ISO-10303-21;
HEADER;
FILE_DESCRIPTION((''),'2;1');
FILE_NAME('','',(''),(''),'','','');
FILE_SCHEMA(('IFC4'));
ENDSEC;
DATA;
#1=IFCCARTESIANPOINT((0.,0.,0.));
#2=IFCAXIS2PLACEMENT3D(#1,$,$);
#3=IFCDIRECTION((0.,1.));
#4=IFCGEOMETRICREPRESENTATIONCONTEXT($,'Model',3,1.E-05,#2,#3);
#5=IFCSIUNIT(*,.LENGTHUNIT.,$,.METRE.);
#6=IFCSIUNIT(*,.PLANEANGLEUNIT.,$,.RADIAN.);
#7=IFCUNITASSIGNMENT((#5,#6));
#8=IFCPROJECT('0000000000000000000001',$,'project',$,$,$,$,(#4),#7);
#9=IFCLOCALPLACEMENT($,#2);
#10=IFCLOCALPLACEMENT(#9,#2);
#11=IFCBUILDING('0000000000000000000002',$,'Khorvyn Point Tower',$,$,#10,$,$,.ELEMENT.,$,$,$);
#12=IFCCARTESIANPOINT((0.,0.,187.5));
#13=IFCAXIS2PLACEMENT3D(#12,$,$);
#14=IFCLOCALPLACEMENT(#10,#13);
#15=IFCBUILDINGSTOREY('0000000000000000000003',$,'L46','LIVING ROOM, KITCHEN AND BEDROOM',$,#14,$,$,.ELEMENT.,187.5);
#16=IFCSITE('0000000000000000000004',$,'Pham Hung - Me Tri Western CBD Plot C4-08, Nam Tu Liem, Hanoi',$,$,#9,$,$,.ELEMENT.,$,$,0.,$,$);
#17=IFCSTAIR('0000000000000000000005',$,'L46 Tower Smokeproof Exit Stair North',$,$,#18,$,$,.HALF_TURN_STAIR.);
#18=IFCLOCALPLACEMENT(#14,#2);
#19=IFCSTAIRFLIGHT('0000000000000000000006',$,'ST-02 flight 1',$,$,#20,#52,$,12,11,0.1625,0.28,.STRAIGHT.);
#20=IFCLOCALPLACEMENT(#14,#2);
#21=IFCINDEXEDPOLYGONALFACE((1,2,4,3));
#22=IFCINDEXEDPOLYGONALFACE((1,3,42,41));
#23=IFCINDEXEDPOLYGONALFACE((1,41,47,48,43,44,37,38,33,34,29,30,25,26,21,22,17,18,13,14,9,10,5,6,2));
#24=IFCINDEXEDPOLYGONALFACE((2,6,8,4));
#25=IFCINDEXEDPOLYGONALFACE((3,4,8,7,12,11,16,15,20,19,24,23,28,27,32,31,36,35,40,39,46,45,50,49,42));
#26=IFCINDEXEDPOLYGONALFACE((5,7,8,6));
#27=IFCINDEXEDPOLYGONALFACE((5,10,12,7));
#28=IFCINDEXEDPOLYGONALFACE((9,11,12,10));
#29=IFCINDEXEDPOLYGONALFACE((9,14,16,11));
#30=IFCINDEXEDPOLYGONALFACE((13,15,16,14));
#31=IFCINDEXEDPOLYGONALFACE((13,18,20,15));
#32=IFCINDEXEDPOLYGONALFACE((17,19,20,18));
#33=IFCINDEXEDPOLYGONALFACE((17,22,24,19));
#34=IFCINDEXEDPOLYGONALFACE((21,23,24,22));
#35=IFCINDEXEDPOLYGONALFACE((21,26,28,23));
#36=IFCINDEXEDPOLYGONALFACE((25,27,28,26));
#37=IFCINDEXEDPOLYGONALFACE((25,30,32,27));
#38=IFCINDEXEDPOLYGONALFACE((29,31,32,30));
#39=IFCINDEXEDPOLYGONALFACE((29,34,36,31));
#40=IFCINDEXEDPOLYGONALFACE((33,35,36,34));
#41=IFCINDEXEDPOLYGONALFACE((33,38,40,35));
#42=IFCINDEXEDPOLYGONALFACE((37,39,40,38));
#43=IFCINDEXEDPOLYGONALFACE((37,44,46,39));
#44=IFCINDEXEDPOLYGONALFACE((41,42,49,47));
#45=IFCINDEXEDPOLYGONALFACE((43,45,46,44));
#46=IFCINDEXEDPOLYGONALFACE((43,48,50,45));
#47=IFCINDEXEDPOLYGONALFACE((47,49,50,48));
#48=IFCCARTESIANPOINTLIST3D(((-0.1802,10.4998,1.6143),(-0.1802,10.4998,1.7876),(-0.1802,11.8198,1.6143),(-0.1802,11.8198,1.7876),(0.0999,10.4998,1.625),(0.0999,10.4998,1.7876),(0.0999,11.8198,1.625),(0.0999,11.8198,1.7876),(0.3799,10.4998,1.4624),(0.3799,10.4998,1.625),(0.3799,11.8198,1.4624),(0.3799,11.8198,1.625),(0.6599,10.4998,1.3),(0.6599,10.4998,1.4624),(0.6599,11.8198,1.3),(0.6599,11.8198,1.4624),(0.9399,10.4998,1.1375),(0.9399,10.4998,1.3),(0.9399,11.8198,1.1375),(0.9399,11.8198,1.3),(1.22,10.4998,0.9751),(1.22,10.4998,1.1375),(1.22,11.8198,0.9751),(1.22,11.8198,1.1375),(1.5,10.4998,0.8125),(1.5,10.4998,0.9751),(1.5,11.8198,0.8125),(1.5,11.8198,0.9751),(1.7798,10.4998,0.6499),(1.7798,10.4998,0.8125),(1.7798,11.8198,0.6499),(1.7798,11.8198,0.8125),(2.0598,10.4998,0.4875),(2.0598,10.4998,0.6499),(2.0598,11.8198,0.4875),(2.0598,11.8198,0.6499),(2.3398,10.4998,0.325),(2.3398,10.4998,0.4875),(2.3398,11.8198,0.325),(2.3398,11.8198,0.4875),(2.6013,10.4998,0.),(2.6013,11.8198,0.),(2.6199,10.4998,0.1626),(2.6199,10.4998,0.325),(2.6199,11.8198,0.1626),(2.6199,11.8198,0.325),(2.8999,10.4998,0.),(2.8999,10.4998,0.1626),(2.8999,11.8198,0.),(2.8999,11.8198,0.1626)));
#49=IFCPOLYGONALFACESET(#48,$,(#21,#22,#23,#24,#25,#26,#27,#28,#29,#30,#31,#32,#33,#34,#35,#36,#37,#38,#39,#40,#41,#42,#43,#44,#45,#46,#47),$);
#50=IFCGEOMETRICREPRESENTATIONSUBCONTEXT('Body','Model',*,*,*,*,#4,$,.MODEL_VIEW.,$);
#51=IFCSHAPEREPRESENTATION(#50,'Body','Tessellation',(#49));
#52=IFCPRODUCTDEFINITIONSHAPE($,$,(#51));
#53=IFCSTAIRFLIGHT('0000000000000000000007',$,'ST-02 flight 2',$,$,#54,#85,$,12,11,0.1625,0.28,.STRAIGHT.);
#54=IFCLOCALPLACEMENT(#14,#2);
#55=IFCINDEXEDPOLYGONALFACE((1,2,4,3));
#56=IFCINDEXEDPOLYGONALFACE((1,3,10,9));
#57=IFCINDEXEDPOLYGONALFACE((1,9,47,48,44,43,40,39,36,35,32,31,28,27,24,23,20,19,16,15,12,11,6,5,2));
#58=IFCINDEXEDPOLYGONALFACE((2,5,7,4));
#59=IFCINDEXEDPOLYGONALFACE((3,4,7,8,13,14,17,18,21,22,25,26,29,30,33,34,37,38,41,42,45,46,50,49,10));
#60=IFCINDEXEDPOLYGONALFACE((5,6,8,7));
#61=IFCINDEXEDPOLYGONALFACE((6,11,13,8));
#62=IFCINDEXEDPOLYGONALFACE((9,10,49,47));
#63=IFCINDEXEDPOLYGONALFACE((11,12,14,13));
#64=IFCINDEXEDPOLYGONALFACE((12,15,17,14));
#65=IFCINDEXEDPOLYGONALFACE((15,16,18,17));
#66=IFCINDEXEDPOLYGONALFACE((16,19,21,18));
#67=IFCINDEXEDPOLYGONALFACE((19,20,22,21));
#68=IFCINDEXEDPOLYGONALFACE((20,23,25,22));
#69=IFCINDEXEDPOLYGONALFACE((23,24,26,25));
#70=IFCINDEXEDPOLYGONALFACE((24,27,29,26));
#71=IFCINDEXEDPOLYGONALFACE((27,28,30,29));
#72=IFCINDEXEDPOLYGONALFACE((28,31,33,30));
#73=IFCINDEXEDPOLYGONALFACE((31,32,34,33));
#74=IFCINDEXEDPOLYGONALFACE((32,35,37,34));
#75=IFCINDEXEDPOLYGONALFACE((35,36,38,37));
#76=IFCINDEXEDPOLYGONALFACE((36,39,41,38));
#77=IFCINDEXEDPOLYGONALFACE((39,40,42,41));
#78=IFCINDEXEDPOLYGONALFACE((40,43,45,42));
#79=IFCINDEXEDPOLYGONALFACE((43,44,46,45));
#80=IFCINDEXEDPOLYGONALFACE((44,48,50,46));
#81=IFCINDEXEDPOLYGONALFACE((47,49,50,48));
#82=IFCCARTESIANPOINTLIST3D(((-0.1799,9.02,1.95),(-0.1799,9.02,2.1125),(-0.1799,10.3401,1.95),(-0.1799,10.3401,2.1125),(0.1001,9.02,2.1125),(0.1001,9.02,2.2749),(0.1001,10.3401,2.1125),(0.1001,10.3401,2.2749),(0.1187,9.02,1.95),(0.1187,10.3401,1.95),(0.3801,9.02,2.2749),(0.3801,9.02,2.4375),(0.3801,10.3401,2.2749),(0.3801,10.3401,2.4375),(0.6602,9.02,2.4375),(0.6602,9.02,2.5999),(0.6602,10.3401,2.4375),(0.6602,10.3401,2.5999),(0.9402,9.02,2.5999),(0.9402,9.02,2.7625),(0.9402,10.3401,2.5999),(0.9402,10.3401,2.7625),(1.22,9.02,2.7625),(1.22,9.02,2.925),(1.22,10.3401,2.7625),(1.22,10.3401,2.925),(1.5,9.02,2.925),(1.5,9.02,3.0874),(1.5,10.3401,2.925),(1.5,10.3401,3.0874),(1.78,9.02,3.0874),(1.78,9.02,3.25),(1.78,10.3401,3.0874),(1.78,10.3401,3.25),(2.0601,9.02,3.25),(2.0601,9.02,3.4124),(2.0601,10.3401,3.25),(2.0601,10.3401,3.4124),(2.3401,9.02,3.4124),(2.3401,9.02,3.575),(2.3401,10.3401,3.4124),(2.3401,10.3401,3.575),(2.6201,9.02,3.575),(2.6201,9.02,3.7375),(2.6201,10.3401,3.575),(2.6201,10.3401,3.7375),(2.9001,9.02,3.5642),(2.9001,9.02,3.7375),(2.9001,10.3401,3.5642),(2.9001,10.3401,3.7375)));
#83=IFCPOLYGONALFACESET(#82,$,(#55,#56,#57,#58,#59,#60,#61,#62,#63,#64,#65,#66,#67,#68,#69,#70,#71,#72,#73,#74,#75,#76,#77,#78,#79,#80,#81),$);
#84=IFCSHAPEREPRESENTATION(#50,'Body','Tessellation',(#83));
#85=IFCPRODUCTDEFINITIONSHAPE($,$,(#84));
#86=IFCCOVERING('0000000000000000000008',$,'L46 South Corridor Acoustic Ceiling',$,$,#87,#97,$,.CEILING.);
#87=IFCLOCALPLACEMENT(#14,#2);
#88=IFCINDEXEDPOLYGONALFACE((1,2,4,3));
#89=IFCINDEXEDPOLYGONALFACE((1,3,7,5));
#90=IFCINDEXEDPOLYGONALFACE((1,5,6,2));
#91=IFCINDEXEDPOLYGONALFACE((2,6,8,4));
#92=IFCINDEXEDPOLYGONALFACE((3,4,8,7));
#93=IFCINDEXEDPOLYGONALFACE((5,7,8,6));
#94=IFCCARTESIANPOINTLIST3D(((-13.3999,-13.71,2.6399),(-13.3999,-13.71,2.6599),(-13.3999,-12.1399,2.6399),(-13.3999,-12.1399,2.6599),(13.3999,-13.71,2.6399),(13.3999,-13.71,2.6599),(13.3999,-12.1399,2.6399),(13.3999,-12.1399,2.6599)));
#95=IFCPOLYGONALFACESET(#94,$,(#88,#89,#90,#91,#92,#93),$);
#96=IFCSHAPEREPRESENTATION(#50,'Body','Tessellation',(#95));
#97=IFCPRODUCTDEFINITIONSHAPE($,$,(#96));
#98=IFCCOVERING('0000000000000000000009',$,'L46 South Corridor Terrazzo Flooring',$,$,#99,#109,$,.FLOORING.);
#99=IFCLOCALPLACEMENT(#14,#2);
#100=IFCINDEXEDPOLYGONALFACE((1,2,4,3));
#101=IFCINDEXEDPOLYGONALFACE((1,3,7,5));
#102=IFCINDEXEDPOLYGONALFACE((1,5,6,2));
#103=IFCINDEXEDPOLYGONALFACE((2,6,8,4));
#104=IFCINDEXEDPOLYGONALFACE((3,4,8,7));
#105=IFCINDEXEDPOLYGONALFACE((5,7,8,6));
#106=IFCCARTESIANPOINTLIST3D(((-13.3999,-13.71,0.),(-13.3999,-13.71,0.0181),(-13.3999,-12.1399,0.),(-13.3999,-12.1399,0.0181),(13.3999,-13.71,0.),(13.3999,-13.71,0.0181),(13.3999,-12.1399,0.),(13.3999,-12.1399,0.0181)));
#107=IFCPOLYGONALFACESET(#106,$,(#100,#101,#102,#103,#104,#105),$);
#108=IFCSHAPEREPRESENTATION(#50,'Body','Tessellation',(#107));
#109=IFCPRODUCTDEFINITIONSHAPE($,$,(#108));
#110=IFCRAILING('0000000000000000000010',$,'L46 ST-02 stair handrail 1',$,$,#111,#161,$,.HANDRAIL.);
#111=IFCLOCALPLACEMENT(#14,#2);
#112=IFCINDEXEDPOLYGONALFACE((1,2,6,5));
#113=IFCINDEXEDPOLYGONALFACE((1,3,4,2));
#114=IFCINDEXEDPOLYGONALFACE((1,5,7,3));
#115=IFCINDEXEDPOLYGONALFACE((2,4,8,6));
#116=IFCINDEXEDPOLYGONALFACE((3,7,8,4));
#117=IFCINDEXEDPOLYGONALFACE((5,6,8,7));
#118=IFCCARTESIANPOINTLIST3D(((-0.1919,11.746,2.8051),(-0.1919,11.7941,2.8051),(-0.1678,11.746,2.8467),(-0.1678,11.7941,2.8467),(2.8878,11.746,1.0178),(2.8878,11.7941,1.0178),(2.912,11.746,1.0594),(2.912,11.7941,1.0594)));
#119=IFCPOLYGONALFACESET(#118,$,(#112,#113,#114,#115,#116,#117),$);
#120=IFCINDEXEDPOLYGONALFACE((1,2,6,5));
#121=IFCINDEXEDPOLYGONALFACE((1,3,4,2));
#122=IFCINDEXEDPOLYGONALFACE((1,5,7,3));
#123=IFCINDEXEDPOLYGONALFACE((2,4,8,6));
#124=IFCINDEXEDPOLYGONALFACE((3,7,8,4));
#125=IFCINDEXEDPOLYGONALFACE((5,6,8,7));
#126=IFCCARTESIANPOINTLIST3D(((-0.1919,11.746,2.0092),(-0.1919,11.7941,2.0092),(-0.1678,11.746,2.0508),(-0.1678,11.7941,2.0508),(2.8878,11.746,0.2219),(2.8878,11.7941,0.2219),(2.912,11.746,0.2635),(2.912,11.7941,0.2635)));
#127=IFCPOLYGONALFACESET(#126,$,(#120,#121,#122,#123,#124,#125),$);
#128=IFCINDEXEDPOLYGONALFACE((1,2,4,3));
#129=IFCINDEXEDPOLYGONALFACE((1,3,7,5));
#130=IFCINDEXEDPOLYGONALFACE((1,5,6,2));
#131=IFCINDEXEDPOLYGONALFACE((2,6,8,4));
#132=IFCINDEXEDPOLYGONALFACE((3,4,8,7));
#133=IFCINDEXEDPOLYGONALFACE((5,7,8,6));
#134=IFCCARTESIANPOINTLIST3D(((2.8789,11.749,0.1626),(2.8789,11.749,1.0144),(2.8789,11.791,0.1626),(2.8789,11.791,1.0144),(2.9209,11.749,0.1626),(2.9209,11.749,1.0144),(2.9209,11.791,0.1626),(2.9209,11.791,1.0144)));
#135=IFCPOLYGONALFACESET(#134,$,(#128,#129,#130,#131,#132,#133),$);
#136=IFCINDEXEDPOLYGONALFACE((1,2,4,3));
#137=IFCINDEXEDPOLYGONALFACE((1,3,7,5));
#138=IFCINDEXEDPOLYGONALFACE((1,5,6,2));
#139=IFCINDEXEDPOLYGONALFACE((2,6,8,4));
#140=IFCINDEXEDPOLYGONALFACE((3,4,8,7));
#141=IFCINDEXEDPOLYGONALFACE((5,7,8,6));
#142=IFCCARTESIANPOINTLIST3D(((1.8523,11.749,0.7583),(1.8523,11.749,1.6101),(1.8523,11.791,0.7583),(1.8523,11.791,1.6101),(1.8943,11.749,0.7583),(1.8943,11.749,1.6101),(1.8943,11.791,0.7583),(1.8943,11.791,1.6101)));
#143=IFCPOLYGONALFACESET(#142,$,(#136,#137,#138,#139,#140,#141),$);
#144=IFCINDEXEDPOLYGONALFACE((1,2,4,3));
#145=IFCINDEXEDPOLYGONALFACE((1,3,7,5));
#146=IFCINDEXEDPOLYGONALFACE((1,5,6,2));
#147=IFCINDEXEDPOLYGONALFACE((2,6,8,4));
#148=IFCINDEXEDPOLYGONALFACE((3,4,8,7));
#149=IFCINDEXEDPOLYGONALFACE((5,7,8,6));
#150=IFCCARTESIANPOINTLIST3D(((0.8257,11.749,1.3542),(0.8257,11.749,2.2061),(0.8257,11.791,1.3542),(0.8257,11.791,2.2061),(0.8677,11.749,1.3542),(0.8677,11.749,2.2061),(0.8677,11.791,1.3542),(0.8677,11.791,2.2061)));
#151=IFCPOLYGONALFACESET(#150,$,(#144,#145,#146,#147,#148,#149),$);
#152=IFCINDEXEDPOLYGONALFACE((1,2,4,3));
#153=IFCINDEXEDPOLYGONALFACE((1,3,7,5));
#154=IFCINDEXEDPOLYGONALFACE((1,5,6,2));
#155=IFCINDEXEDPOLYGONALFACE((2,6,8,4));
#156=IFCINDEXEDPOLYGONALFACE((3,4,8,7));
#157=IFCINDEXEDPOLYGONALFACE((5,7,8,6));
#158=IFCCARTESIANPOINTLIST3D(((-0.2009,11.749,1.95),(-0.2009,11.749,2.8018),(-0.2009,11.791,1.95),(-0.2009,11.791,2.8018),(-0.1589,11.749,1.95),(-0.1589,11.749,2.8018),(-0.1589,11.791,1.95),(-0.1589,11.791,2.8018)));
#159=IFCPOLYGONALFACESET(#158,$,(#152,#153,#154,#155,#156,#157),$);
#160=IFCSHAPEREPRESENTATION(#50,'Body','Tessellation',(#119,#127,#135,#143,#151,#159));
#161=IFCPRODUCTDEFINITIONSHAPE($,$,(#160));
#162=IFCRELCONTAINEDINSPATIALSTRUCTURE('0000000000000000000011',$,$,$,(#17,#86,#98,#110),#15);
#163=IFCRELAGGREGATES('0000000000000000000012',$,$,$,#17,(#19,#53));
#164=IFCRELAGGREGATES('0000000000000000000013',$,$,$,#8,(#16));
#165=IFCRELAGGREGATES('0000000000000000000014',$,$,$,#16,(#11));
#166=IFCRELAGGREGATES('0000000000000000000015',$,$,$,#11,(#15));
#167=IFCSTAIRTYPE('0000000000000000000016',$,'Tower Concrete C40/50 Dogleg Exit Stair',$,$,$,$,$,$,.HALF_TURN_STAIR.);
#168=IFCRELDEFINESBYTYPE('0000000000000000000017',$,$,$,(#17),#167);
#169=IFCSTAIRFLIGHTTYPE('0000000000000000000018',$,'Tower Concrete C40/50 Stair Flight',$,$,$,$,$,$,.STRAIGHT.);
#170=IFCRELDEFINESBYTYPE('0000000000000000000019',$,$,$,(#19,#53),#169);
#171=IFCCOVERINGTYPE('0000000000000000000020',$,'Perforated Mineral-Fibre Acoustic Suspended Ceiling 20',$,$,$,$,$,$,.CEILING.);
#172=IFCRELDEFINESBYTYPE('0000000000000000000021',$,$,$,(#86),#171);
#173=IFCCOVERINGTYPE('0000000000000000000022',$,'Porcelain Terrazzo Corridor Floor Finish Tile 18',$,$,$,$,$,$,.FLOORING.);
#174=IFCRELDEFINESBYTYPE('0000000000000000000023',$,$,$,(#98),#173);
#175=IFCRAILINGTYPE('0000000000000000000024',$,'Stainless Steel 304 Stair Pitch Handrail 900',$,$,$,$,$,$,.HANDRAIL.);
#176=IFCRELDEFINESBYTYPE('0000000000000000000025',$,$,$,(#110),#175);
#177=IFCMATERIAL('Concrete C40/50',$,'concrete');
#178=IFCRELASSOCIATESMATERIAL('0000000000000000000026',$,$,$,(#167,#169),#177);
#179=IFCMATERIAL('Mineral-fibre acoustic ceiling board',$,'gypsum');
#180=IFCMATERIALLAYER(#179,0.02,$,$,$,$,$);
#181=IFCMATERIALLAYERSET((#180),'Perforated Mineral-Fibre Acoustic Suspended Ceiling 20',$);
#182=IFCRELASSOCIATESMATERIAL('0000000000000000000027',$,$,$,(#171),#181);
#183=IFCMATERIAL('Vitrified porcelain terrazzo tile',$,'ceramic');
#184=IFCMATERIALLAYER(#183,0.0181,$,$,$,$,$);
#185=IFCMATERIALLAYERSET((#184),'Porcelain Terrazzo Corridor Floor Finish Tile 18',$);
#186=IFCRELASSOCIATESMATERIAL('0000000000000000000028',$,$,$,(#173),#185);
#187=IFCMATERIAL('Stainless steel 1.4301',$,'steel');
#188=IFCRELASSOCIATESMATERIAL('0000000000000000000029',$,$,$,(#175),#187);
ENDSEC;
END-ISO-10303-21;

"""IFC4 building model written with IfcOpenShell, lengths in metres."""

from ifc_helpers import new_model, si_unit, direction, frame, origin, origin_2d, place, context, subcontext, project, spatial, polyline, rectangle, outline, extrude, material, layer, layer_set, type_object, element, aggregate, save


model = new_model("IFC4")

# Units and contexts
model_context = context("Model", 3, precision=1e-05, world=origin(), true_north=direction((0.0, 1.0)))
body_context = subcontext(model_context, "Body", "Model", "MODEL_VIEW")
ifc_project = project(units=[si_unit("LENGTHUNIT", "METRE"), si_unit("PLANEANGLEUNIT", "RADIAN")], contexts=[model_context])

# Site, building, storey
site_placement = place(None, origin())
site = spatial("IfcSite", under=ifc_project, at=site_placement, Name="Pham Hung - Me Tri Western CBD Plot C4-08, Nam Tu Liem, Hanoi", CompositionType="ELEMENT", RefElevation=0.0)
building_placement = place(site_placement, origin())
building = spatial("IfcBuilding", under=site, at=building_placement, Name="Khorvyn Point Tower", CompositionType="ELEMENT")
storey_placement = place(building_placement, frame((0.0, 0.0, 187.5)))
storey = spatial("IfcBuildingStorey", under=building, at=storey_placement, Name="L46", Description="LIVING ROOM, KITCHEN AND BEDROOM", CompositionType="ELEMENT", Elevation=187.5)

# Shared definitions
ifc_material_1 = material(Name="Concrete C40/50", Category="concrete")

# Stair
stair_type = type_object("IfcStairType", Name="Tower Concrete C40/50 Dogleg Exit Stair", PredefinedType="HALF_TURN_STAIR", material=ifc_material_1)
stair_1_placement = place(storey_placement, origin())
stair_1 = element("IfcStair", 1, at=stair_1_placement, inside=storey, type_object=stair_type, Name="L46 Tower Smokeproof Exit Stair North", PredefinedType="HALF_TURN_STAIR")

# Shared definitions
ifc_material_2 = material(Name="Stainless steel 1.4301", Category="steel")

# Stair flights
stair_flight_type = type_object("IfcStairFlightType", Name="Tower Concrete C40/50 Stair Flight", PredefinedType="STRAIGHT", material=ifc_material_1)
stair_flight_1_placement = place(storey_placement, frame((2.8999, 11.1599, 0.0), z_axis=(0.0, 0.0, 1.0), x_axis=(-1.0, 0.0, 0.0)))
stair_flight_1 = element("IfcStairFlight", 2, at=stair_flight_1_placement, type_object=stair_flight_type, Name="ST-02 flight 1", NumberOfRisers=12, NumberOfTreads=11, PredefinedType="STRAIGHT", RiserHeight=0.1625, TreadLength=0.28, context=body_context, shape_type="SweptSolid", body=[
    extrude(outline(polyline([(0.0, 0.0), (0.0, 0.1626), (0.28, 0.1626), (0.28, 0.325), (0.5601, 0.325), (0.5601, 0.4875), (0.8401, 0.4875), (0.8401, 0.6499), (1.1201, 0.6499), (1.1201, 0.8125), (1.3999, 0.8125), (1.3999, 0.9751), (1.6799, 0.9751), (1.6799, 1.1375), (1.96, 1.1375), (1.96, 1.3), (2.24, 1.3), (2.24, 1.4624), (2.52, 1.4624), (2.52, 1.625), (2.8, 1.625), (2.8, 1.7876), (3.0801, 1.7876), (3.0801, 1.95), (3.0801, 1.6143), (0.2986, 0.0), (0.0, 0.0)])), frame((0.0, 0.6602, 0.0), z_axis=(0.0, -1.0, 0.0), x_axis=(1.0, 0.0, 0.0)), (0.0, 0.0, 1.0), 1.3201),
])
stair_flight_2_placement = place(storey_placement, frame((-0.1799, 9.6799, 1.95), z_axis=(0.0, 0.0, 1.0), x_axis=(1.0, 0.0, 0.0)))
stair_flight_2 = element("IfcStairFlight", 3, at=stair_flight_2_placement, type_object=stair_flight_type, Name="ST-02 flight 2", NumberOfRisers=12, NumberOfTreads=11, PredefinedType="STRAIGHT", RiserHeight=0.1625, TreadLength=0.28, context=body_context, shape_type="SweptSolid", body=[
    extrude(outline(polyline([(0.0, 0.0), (0.0, 0.1626), (0.28, 0.1626), (0.28, 0.325), (0.5601, 0.325), (0.5601, 0.4875), (0.8401, 0.4875), (0.8401, 0.6499), (1.1201, 0.6499), (1.1201, 0.8125), (1.3999, 0.8125), (1.3999, 0.9751), (1.6799, 0.9751), (1.6799, 1.1375), (1.96, 1.1375), (1.96, 1.3), (2.24, 1.3), (2.24, 1.4624), (2.52, 1.4624), (2.52, 1.625), (2.8, 1.625), (2.8, 1.7876), (3.0801, 1.7876), (3.0801, 1.95), (3.0801, 1.6143), (0.2986, 0.0), (0.0, 0.0)])), frame((0.0, 0.6602, 0.0), z_axis=(0.0, -1.0, 0.0), x_axis=(1.0, 0.0, 0.0)), (0.0, 0.0, 1.0), 1.3201),
])
aggregate(stair_1, [stair_flight_1, stair_flight_2])

# Coverings
ifc_material_3 = material(Name="Mineral-fibre acoustic ceiling board", Category="gypsum")
ifc_layer_1 = layer(ifc_material_3, 0.02)
ifc_layer_set_1 = layer_set([ifc_layer_1], Name="Perforated Mineral-Fibre Acoustic Suspended Ceiling 20")
covering_type_1 = type_object("IfcCoveringType", Name="Perforated Mineral-Fibre Acoustic Suspended Ceiling 20", PredefinedType="CEILING", material=ifc_layer_set_1)
covering_1_placement = place(storey_placement, frame((0.0, 0.0, 2.6399)))
element("IfcCovering", 4, at=covering_1_placement, inside=storey, type_object=covering_type_1, Name="L46 South Corridor Acoustic Ceiling", PredefinedType="CEILING", context=body_context, shape_type="SweptSolid", body=[
    extrude(outline(polyline([(-13.3999, -13.71), (13.3999, -13.71), (13.3999, -12.1399), (-13.3999, -12.1399), (-13.3999, -13.71)])), origin(), (0.0, 0.0, 1.0), 0.02),
])
ifc_material_4 = material(Name="Vitrified porcelain terrazzo tile", Category="ceramic")
ifc_layer_2 = layer(ifc_material_4, 0.0181)
ifc_layer_set_2 = layer_set([ifc_layer_2], Name="Porcelain Terrazzo Corridor Floor Finish Tile 18")
covering_type_2 = type_object("IfcCoveringType", Name="Porcelain Terrazzo Corridor Floor Finish Tile 18", PredefinedType="FLOORING", material=ifc_layer_set_2)
covering_2_placement = place(storey_placement, origin())
element("IfcCovering", 5, at=covering_2_placement, inside=storey, type_object=covering_type_2, Name="L46 South Corridor Terrazzo Flooring", PredefinedType="FLOORING", context=body_context, shape_type="SweptSolid", body=[
    extrude(outline(polyline([(-13.3999, -13.71), (13.3999, -13.71), (13.3999, -12.1399), (-13.3999, -12.1399), (-13.3999, -13.71)])), origin(), (0.0, 0.0, 1.0), 0.0181),
])

# Railing
railing_type_1 = type_object("IfcRailingType", Name="Stainless Steel 304 Stair Pitch Handrail 900", PredefinedType="HANDRAIL", material=ifc_material_2)
railing_1_placement = place(storey_placement, frame((2.8999, 11.77, 0.1626)))
element("IfcRailing", 6, at=railing_1_placement, inside=storey, type_object=railing_type_1, Name="L46 ST-02 stair handrail 1", PredefinedType="HANDRAIL", context=body_context, shape_type="SweptSolid", body=[
    extrude(rectangle(XDim=0.0481, YDim=0.0481, at=origin_2d()), frame((0.0, 0.0, 0.876), z_axis=(-0.864903, 0.0, 0.501939), x_axis=(0.0, -1.0, 0.0)), (0.0, 0.0, 1.0), 3.5608),
    extrude(rectangle(XDim=0.0481, YDim=0.0481, at=origin_2d()), frame((0.0, 0.0, 0.0801), z_axis=(-0.864903, 0.0, 0.501939), x_axis=(0.0, -1.0, 0.0)), (0.0, 0.0, 1.0), 3.5608),
    extrude(rectangle(XDim=0.042, YDim=0.042, at=origin_2d()), origin(), (0.0, 0.0, 1.0), 0.8518),
    extrude(rectangle(XDim=0.042, YDim=0.042, at=origin_2d()), frame((-1.0266, 0.0, 0.5957)), (0.0, 0.0, 1.0), 0.8518),
    extrude(rectangle(XDim=0.042, YDim=0.042, at=origin_2d()), frame((-2.0532, 0.0, 1.1917)), (0.0, 0.0, 1.0), 0.8518),
    extrude(rectangle(XDim=0.042, YDim=0.042, at=origin_2d()), frame((-3.0798, 0.0, 1.7874)), (0.0, 0.0, 1.0), 0.8518),
])

save(model, "model.ifc")
